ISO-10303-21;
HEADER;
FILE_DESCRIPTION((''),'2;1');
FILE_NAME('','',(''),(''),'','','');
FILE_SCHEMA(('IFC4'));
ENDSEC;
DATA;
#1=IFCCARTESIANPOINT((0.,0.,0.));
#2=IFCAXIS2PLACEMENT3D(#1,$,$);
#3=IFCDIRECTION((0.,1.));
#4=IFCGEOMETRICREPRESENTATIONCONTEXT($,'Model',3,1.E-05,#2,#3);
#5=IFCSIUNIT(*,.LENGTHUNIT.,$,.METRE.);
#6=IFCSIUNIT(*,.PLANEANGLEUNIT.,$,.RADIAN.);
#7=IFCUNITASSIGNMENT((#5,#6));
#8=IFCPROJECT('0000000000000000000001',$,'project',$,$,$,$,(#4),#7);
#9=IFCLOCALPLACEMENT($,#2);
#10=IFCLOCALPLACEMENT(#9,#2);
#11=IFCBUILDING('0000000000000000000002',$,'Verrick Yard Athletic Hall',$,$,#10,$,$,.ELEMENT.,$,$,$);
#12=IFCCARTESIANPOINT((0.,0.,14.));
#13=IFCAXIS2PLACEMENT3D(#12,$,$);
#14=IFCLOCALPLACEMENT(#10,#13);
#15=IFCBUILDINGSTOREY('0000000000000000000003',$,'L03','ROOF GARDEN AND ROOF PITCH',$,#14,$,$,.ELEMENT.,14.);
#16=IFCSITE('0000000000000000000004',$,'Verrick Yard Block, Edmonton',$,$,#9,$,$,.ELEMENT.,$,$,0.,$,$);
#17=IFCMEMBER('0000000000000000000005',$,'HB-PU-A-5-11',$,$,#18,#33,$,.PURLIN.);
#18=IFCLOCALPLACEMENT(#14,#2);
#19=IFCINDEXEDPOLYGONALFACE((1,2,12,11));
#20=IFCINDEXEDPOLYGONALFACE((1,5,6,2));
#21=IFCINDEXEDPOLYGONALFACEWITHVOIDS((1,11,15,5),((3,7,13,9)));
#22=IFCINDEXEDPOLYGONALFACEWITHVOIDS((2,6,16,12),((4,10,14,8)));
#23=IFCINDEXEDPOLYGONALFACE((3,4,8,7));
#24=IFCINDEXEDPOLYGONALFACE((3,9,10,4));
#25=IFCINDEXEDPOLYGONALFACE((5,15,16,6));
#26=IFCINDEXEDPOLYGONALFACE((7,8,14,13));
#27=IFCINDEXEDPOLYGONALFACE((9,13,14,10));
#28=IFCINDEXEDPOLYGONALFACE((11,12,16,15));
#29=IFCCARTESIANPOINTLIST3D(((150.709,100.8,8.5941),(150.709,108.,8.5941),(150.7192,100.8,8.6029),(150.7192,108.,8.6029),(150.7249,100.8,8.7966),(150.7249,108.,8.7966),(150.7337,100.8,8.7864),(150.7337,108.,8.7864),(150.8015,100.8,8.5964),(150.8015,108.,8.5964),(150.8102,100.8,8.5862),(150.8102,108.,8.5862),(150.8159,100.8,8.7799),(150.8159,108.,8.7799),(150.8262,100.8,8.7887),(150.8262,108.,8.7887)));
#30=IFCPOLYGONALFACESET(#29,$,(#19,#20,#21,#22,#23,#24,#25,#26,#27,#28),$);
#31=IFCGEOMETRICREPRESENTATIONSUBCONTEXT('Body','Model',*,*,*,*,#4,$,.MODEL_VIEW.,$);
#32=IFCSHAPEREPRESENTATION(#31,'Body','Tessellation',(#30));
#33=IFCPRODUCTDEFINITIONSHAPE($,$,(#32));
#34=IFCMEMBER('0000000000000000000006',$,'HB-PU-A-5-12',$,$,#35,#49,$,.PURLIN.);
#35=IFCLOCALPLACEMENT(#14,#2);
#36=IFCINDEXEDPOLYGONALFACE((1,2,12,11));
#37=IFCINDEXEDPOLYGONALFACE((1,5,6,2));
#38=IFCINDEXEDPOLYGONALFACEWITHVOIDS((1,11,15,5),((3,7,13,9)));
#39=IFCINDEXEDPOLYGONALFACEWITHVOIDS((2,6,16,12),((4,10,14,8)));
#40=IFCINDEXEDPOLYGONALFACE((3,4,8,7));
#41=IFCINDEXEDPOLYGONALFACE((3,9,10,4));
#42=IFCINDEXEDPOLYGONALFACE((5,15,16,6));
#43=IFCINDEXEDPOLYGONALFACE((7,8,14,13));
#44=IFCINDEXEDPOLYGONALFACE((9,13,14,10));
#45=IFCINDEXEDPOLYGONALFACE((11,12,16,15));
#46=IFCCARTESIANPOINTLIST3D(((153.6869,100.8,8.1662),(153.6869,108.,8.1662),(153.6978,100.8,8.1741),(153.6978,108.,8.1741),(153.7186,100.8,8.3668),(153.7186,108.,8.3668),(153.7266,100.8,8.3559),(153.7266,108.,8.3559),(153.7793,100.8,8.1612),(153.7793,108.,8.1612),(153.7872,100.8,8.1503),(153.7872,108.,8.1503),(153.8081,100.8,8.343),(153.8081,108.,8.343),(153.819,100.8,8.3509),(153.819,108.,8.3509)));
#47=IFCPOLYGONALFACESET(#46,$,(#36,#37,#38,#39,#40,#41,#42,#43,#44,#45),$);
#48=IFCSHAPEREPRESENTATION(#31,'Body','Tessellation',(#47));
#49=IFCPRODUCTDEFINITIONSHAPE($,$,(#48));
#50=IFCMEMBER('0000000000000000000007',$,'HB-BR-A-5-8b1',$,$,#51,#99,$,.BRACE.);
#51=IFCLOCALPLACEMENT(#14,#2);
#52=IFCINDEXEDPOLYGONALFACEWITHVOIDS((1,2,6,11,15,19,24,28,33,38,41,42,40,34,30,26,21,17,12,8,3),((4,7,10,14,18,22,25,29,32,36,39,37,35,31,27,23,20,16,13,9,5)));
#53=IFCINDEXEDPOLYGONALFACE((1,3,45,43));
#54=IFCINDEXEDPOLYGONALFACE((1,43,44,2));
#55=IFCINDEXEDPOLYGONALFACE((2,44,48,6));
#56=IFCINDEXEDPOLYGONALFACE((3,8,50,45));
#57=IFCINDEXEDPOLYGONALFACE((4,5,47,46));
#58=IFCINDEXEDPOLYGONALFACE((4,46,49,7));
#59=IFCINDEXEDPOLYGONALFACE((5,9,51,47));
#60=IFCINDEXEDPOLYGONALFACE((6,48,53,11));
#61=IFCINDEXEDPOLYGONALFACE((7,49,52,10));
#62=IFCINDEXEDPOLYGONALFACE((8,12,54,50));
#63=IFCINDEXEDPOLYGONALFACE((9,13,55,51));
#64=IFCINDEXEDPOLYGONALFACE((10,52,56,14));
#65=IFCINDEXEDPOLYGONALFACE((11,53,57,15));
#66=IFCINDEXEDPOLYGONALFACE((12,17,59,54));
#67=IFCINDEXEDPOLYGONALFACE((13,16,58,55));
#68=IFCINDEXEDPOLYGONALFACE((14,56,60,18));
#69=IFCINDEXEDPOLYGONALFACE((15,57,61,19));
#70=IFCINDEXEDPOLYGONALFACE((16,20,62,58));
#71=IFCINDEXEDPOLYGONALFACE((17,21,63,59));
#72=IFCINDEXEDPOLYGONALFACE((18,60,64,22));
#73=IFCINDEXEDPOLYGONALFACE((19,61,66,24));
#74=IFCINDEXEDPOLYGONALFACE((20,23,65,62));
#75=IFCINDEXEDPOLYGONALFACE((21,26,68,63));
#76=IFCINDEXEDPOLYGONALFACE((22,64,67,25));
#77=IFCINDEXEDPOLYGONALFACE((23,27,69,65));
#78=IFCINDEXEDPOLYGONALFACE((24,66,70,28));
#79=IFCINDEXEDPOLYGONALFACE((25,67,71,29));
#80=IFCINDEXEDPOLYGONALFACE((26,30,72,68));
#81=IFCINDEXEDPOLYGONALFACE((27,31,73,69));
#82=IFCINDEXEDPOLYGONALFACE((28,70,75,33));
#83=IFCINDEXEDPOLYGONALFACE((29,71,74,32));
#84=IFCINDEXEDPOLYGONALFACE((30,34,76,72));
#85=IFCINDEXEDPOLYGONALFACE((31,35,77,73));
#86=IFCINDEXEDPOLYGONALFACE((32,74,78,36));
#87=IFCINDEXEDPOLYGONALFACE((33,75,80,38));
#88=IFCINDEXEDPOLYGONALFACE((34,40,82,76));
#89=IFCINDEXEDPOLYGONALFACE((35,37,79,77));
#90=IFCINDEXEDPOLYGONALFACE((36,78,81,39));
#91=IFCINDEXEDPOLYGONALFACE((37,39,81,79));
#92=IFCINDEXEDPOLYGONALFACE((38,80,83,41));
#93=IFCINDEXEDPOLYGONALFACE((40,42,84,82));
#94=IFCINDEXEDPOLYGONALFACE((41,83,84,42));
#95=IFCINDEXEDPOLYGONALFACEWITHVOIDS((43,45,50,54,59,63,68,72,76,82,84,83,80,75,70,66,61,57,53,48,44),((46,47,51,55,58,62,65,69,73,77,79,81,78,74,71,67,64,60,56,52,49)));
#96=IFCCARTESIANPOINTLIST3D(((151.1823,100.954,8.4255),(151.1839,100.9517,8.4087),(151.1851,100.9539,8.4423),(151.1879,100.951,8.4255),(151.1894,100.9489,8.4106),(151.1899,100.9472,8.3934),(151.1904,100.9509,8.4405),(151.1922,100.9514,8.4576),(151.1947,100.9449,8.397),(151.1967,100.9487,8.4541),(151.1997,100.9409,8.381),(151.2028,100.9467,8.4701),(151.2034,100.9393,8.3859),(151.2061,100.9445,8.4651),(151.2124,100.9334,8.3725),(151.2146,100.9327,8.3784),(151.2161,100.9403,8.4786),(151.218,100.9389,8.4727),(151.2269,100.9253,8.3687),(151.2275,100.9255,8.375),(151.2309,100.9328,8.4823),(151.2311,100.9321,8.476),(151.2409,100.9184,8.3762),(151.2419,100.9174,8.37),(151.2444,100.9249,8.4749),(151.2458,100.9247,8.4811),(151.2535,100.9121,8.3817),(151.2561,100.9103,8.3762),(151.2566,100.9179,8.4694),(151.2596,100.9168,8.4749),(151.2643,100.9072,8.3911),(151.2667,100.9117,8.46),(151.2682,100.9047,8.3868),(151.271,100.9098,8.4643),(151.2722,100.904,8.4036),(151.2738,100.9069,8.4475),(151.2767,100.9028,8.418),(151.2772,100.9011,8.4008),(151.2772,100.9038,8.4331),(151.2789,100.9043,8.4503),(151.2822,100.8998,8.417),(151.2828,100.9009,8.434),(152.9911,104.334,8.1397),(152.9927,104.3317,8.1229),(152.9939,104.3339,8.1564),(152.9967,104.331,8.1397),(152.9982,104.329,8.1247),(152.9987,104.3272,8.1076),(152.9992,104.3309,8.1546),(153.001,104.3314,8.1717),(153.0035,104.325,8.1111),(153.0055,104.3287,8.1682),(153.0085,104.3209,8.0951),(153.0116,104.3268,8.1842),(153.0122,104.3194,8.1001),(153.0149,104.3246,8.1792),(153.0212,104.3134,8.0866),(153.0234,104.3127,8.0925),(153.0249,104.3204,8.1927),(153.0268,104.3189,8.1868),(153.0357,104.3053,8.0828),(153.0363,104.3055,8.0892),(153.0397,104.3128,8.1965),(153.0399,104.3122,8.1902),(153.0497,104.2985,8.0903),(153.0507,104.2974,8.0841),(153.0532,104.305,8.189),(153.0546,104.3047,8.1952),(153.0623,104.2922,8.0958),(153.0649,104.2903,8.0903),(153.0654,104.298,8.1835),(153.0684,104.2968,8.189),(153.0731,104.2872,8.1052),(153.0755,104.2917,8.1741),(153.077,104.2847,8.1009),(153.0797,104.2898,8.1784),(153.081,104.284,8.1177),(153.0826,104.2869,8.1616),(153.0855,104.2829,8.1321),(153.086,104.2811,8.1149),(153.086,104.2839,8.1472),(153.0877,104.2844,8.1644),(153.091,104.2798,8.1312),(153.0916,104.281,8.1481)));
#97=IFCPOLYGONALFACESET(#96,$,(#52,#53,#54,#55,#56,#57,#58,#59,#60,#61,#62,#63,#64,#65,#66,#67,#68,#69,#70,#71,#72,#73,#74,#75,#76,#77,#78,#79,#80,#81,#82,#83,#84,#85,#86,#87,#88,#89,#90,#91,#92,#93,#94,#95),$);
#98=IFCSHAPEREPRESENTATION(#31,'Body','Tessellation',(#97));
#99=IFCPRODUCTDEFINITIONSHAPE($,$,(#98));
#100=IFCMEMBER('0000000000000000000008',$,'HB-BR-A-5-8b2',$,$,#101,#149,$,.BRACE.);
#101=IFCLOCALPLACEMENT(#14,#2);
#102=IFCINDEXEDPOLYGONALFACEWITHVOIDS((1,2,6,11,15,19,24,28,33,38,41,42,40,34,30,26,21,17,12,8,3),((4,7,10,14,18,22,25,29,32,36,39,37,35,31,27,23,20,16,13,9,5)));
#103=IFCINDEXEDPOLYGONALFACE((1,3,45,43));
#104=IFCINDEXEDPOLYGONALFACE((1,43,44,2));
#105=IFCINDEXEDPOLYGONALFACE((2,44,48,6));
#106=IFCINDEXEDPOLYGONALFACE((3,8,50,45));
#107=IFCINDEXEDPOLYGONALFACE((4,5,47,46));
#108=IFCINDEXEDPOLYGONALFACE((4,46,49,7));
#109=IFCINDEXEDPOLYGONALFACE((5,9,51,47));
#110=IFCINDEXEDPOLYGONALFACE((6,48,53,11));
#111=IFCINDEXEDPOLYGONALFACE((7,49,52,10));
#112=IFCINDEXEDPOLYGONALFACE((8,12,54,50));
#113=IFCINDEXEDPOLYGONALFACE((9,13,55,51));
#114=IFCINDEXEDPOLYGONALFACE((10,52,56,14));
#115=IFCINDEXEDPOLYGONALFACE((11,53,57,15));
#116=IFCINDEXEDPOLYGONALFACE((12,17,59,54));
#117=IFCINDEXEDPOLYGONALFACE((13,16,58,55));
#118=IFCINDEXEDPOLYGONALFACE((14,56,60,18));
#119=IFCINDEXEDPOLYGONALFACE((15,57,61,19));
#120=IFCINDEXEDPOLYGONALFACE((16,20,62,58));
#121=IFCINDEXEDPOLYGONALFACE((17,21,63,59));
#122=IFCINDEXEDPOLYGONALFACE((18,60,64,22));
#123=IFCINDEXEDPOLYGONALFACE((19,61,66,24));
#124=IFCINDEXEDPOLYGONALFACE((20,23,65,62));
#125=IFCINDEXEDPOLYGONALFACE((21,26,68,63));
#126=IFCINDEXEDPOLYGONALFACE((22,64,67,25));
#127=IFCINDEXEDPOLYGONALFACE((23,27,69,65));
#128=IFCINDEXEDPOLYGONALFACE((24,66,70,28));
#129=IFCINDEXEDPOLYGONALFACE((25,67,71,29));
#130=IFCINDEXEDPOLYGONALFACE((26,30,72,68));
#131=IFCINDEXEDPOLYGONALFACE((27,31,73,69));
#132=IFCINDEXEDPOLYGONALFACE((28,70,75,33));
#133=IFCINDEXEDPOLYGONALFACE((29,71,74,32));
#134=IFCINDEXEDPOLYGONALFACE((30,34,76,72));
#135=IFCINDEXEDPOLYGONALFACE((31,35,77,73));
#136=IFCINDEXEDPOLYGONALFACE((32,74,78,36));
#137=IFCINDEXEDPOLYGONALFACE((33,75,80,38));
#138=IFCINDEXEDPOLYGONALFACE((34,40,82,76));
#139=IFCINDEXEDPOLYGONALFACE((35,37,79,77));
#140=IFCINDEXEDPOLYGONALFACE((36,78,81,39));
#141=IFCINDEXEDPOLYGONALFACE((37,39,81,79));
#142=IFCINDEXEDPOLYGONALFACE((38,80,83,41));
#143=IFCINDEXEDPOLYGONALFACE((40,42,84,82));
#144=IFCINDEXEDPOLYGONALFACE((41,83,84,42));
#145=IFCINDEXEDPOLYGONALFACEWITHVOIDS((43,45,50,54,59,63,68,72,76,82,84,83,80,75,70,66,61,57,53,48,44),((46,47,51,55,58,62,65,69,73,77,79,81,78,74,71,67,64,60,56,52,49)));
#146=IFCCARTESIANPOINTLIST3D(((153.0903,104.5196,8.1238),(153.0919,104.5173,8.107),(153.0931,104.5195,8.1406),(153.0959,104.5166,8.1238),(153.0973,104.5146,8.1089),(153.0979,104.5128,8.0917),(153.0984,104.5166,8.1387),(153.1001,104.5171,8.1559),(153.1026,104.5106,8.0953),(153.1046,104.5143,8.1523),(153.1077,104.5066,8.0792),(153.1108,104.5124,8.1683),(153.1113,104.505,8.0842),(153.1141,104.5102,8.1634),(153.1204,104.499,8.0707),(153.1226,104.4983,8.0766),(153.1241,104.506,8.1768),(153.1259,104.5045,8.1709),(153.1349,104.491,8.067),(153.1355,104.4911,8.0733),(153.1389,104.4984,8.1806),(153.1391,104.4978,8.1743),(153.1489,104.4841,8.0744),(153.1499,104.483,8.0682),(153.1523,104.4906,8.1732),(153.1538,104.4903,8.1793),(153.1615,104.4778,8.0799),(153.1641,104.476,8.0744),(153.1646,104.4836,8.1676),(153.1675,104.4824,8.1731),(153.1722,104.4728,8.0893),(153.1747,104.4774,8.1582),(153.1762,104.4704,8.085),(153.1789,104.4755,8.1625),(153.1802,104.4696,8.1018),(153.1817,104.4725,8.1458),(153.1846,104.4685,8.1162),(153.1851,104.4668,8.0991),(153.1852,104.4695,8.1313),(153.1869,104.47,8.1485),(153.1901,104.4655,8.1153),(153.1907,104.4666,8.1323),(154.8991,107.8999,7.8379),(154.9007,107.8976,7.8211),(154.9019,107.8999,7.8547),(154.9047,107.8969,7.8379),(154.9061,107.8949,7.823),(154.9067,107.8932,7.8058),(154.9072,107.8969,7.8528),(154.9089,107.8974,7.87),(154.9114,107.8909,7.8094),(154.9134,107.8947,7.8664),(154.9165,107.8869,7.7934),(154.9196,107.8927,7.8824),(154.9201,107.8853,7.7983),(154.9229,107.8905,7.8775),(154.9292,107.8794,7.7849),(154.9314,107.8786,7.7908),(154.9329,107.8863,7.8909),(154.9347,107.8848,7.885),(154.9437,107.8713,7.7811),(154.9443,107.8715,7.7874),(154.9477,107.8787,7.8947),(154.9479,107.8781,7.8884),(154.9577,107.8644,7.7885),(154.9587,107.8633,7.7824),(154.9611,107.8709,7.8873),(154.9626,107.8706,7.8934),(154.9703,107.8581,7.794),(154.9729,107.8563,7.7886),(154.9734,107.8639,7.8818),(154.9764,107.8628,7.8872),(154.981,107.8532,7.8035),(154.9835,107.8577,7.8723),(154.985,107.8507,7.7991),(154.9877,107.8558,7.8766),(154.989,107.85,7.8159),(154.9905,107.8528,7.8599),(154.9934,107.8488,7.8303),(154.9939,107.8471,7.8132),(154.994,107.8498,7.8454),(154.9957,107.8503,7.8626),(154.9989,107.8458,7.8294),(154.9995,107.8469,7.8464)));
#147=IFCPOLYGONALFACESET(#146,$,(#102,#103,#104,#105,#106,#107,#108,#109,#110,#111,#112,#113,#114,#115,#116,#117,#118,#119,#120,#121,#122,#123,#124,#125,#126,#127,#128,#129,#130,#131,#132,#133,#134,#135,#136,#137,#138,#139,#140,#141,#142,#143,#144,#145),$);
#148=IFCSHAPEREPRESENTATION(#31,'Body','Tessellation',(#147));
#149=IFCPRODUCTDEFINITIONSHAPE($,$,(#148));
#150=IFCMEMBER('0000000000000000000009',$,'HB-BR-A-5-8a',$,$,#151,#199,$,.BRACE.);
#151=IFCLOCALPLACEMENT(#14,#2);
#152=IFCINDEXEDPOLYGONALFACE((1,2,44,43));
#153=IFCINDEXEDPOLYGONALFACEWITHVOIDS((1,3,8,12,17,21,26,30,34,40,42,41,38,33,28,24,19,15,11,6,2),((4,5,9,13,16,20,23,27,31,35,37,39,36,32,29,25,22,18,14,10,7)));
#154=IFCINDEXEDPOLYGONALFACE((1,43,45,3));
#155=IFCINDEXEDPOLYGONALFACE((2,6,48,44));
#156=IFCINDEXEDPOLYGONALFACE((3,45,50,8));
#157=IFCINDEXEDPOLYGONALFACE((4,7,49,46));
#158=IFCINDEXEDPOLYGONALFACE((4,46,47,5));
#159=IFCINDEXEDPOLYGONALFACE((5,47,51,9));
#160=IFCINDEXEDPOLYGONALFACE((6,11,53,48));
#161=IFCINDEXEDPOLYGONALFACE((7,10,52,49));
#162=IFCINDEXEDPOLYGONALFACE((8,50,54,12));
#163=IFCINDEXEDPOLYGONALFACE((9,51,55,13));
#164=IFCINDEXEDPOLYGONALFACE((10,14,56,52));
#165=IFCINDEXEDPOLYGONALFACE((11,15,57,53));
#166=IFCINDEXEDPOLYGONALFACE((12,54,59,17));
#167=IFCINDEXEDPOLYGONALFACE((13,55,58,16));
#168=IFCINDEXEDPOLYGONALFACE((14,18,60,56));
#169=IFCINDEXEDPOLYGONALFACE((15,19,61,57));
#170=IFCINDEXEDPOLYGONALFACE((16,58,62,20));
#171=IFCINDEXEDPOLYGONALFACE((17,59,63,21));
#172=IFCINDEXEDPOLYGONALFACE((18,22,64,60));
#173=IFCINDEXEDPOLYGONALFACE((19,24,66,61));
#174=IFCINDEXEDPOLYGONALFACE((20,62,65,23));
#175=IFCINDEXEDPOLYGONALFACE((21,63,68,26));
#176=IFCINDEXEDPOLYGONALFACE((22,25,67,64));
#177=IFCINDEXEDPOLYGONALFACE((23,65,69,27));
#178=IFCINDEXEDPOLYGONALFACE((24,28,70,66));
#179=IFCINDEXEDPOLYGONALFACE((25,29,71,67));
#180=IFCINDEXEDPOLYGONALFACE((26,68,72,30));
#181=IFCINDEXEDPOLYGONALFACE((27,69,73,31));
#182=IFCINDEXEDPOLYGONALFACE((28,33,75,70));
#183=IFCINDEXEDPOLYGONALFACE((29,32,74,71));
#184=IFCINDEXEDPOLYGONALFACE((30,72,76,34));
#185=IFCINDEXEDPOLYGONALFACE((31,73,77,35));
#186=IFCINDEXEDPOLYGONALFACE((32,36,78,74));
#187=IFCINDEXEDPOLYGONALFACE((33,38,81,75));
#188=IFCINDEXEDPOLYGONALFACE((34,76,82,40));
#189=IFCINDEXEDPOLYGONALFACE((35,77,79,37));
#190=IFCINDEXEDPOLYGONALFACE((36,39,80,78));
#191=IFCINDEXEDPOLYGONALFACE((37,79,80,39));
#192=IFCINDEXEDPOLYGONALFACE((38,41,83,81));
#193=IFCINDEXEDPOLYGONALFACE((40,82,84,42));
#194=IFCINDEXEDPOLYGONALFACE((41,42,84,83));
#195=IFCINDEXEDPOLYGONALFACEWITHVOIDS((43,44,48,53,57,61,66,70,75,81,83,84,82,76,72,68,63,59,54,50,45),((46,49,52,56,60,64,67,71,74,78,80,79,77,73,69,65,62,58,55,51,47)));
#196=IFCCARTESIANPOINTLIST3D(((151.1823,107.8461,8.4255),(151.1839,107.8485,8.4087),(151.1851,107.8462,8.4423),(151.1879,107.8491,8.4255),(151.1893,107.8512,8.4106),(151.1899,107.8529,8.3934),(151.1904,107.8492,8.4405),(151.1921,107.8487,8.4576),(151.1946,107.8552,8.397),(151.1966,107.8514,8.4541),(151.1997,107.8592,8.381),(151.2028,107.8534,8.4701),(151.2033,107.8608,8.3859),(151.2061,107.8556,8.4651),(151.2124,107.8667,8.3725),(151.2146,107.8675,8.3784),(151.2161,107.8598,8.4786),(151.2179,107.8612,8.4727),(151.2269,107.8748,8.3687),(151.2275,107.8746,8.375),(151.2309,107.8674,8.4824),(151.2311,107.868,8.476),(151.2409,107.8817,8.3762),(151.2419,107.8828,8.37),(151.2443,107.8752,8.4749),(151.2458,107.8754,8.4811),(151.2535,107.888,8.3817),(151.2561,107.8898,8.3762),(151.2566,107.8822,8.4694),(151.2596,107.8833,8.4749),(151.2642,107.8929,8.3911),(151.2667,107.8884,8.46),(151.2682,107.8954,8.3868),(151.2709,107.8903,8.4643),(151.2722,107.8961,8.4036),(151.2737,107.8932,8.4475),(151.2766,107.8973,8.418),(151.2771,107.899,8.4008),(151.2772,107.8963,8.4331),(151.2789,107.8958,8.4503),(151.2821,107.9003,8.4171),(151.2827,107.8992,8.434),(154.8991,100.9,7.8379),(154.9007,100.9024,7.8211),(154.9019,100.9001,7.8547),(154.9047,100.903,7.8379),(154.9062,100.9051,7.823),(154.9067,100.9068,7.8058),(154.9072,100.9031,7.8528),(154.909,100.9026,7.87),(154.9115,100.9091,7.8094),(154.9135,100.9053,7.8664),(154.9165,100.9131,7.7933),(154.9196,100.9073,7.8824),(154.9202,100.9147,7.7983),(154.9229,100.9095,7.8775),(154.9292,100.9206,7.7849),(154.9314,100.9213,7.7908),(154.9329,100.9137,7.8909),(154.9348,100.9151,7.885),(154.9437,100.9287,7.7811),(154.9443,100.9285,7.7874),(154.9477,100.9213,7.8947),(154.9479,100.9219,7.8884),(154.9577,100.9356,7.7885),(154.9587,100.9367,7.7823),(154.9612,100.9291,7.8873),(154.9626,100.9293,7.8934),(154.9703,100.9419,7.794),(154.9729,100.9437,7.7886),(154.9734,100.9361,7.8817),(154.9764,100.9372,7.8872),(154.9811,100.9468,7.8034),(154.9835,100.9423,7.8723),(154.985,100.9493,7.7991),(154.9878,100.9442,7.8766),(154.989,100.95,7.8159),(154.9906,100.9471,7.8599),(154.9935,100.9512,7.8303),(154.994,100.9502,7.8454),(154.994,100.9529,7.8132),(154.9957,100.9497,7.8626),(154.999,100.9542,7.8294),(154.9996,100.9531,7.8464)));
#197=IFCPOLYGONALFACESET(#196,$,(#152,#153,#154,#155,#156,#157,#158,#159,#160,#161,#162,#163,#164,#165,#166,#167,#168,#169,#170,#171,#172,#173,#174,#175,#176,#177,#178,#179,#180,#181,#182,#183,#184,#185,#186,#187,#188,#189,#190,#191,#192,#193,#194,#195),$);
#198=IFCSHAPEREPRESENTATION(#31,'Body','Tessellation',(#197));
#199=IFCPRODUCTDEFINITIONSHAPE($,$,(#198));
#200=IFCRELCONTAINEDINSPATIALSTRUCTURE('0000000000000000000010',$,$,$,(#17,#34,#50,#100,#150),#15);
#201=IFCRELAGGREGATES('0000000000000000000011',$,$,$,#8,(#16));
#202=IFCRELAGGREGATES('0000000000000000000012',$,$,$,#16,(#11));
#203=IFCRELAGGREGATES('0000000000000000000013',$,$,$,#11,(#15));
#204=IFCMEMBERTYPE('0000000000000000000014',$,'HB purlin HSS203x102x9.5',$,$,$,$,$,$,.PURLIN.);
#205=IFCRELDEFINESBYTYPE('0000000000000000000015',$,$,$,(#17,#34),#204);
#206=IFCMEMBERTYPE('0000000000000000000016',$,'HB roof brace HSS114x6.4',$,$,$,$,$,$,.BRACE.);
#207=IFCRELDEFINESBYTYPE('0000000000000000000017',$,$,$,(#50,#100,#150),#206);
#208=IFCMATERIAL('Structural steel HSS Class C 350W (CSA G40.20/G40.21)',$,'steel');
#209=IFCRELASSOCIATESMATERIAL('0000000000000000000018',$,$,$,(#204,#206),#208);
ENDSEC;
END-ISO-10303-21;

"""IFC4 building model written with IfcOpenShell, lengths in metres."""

from ifc_helpers import new_model, si_unit, direction, frame, origin, origin_2d, place, context, subcontext, project, spatial, hollow_rectangle, hollow_circle, extrude, material, material_profile, profile_set, type_object, element, save


model = new_model("IFC4")

# Units and contexts
model_context = context("Model", 3, precision=1e-05, world=origin(), true_north=direction((0.0, 1.0)))
body_context = subcontext(model_context, "Body", "Model", "MODEL_VIEW")
ifc_project = project(units=[si_unit("LENGTHUNIT", "METRE"), si_unit("PLANEANGLEUNIT", "RADIAN")], contexts=[model_context])

# Site, building, storey
site_placement = place(None, origin())
site = spatial("IfcSite", under=ifc_project, at=site_placement, Name="Verrick Yard Block, Edmonton", CompositionType="ELEMENT", RefElevation=0.0)
building_placement = place(site_placement, origin())
building = spatial("IfcBuilding", under=site, at=building_placement, Name="Verrick Yard Athletic Hall", CompositionType="ELEMENT")
storey_placement = place(building_placement, frame((0.0, 0.0, 14.0)))
storey = spatial("IfcBuildingStorey", under=building, at=storey_placement, Name="L03", Description="ROOF GARDEN AND ROOF PITCH", CompositionType="ELEMENT", Elevation=14.0)

# Members
ifc_material_1 = material(Name="Structural steel HSS Class C 350W (CSA G40.20/G40.21)", Category="steel")
ifc_material_profile_1 = material_profile(ifc_material_1, hollow_rectangle(XDim=0.1016, YDim=0.2031, WallThickness=0.0095, at=origin_2d()), Name="HSS203x102x9.5")
ifc_profile_set_1 = profile_set([ifc_material_profile_1], Name="Structural steel HSS Class C 350W (CSA G40.20/G40.21)")
member_type_1 = type_object("IfcMemberType", Name="HB purlin HSS203x102x9.5", PredefinedType="PURLIN", material=ifc_profile_set_1)
for number, where, z_axis, x_axis, name in (
    (1, (150.7676, 100.8, 8.6914), (0.0, 1.0, 0.0), (-0.996927, 0.0, 0.078332), "HB-PU-A-5-11"),
    (2, (153.7529, 100.8, 8.2585), (0.0, 1.0, 0.0), (-0.987728, 0.0, 0.156183), "HB-PU-A-5-12"),
):
    element("IfcMember", number, at=place(storey_placement, frame(where, z_axis=z_axis, x_axis=x_axis)), inside=storey, type_object=member_type_1, Name=name, PredefinedType="PURLIN", context=body_context, shape_type="SweptSolid", body=[
        extrude(hollow_rectangle(XDim=0.1016, YDim=0.2031, WallThickness=0.0095, at=origin_2d()), origin(), (0.0, 0.0, 1.0), 7.2),
    ])
ifc_material_profile_2 = material_profile(ifc_material_1, hollow_circle(Radius=0.0571, WallThickness=0.0063, at=origin_2d()), Name="HSS114x6.4")
ifc_profile_set_2 = profile_set([ifc_material_profile_2], Name="Structural steel HSS Class C 350W (CSA G40.20/G40.21)")
member_type_2 = type_object("IfcMemberType", Name="HB roof brace HSS114x6.4", PredefinedType="BRACE", material=ifc_profile_set_2)
member_1_placement = place(storey_placement, frame((151.2327, 100.927, 8.4255), z_axis=(0.470521, 0.87925, -0.074366), x_axis=(-0.881691, 0.471827, 0.0)))
element("IfcMember", 3, at=member_1_placement, inside=storey, type_object=member_type_2, Name="HB-BR-A-5-8b1", PredefinedType="BRACE", context=body_context, shape_type="SweptSolid", body=[
    extrude(hollow_circle(Radius=0.0571, WallThickness=0.0063, at=origin_2d()), origin(), (0.0, 0.0, 1.0), 3.8442),
])
member_2_placement = place(storey_placement, frame((153.1406, 104.4927, 8.1238), z_axis=(0.470495, 0.879264, -0.074362), x_axis=(-0.881705, 0.471801, 0.0)))
element("IfcMember", 4, at=member_2_placement, inside=storey, type_object=member_type_2, Name="HB-BR-A-5-8b2", PredefinedType="BRACE", context=body_context, shape_type="SweptSolid", body=[
    extrude(hollow_circle(Radius=0.0571, WallThickness=0.0063, at=origin_2d()), origin(), (0.0, 0.0, 1.0), 3.8445),
])
member_3_placement = place(storey_placement, frame((154.9495, 100.927, 7.8379), z_axis=(-0.47049, 0.879264, 0.074387), x_axis=(-0.881707, -0.471797, 0.0)))
element("IfcMember", 5, at=member_3_placement, inside=storey, type_object=member_type_2, Name="HB-BR-A-5-8a", PredefinedType="BRACE", context=body_context, shape_type="SweptSolid", body=[
    extrude(hollow_circle(Radius=0.0571, WallThickness=0.0063, at=origin_2d()), origin(), (0.0, 0.0, 1.0), 7.8999),
])

save(model, "model.ifc")
